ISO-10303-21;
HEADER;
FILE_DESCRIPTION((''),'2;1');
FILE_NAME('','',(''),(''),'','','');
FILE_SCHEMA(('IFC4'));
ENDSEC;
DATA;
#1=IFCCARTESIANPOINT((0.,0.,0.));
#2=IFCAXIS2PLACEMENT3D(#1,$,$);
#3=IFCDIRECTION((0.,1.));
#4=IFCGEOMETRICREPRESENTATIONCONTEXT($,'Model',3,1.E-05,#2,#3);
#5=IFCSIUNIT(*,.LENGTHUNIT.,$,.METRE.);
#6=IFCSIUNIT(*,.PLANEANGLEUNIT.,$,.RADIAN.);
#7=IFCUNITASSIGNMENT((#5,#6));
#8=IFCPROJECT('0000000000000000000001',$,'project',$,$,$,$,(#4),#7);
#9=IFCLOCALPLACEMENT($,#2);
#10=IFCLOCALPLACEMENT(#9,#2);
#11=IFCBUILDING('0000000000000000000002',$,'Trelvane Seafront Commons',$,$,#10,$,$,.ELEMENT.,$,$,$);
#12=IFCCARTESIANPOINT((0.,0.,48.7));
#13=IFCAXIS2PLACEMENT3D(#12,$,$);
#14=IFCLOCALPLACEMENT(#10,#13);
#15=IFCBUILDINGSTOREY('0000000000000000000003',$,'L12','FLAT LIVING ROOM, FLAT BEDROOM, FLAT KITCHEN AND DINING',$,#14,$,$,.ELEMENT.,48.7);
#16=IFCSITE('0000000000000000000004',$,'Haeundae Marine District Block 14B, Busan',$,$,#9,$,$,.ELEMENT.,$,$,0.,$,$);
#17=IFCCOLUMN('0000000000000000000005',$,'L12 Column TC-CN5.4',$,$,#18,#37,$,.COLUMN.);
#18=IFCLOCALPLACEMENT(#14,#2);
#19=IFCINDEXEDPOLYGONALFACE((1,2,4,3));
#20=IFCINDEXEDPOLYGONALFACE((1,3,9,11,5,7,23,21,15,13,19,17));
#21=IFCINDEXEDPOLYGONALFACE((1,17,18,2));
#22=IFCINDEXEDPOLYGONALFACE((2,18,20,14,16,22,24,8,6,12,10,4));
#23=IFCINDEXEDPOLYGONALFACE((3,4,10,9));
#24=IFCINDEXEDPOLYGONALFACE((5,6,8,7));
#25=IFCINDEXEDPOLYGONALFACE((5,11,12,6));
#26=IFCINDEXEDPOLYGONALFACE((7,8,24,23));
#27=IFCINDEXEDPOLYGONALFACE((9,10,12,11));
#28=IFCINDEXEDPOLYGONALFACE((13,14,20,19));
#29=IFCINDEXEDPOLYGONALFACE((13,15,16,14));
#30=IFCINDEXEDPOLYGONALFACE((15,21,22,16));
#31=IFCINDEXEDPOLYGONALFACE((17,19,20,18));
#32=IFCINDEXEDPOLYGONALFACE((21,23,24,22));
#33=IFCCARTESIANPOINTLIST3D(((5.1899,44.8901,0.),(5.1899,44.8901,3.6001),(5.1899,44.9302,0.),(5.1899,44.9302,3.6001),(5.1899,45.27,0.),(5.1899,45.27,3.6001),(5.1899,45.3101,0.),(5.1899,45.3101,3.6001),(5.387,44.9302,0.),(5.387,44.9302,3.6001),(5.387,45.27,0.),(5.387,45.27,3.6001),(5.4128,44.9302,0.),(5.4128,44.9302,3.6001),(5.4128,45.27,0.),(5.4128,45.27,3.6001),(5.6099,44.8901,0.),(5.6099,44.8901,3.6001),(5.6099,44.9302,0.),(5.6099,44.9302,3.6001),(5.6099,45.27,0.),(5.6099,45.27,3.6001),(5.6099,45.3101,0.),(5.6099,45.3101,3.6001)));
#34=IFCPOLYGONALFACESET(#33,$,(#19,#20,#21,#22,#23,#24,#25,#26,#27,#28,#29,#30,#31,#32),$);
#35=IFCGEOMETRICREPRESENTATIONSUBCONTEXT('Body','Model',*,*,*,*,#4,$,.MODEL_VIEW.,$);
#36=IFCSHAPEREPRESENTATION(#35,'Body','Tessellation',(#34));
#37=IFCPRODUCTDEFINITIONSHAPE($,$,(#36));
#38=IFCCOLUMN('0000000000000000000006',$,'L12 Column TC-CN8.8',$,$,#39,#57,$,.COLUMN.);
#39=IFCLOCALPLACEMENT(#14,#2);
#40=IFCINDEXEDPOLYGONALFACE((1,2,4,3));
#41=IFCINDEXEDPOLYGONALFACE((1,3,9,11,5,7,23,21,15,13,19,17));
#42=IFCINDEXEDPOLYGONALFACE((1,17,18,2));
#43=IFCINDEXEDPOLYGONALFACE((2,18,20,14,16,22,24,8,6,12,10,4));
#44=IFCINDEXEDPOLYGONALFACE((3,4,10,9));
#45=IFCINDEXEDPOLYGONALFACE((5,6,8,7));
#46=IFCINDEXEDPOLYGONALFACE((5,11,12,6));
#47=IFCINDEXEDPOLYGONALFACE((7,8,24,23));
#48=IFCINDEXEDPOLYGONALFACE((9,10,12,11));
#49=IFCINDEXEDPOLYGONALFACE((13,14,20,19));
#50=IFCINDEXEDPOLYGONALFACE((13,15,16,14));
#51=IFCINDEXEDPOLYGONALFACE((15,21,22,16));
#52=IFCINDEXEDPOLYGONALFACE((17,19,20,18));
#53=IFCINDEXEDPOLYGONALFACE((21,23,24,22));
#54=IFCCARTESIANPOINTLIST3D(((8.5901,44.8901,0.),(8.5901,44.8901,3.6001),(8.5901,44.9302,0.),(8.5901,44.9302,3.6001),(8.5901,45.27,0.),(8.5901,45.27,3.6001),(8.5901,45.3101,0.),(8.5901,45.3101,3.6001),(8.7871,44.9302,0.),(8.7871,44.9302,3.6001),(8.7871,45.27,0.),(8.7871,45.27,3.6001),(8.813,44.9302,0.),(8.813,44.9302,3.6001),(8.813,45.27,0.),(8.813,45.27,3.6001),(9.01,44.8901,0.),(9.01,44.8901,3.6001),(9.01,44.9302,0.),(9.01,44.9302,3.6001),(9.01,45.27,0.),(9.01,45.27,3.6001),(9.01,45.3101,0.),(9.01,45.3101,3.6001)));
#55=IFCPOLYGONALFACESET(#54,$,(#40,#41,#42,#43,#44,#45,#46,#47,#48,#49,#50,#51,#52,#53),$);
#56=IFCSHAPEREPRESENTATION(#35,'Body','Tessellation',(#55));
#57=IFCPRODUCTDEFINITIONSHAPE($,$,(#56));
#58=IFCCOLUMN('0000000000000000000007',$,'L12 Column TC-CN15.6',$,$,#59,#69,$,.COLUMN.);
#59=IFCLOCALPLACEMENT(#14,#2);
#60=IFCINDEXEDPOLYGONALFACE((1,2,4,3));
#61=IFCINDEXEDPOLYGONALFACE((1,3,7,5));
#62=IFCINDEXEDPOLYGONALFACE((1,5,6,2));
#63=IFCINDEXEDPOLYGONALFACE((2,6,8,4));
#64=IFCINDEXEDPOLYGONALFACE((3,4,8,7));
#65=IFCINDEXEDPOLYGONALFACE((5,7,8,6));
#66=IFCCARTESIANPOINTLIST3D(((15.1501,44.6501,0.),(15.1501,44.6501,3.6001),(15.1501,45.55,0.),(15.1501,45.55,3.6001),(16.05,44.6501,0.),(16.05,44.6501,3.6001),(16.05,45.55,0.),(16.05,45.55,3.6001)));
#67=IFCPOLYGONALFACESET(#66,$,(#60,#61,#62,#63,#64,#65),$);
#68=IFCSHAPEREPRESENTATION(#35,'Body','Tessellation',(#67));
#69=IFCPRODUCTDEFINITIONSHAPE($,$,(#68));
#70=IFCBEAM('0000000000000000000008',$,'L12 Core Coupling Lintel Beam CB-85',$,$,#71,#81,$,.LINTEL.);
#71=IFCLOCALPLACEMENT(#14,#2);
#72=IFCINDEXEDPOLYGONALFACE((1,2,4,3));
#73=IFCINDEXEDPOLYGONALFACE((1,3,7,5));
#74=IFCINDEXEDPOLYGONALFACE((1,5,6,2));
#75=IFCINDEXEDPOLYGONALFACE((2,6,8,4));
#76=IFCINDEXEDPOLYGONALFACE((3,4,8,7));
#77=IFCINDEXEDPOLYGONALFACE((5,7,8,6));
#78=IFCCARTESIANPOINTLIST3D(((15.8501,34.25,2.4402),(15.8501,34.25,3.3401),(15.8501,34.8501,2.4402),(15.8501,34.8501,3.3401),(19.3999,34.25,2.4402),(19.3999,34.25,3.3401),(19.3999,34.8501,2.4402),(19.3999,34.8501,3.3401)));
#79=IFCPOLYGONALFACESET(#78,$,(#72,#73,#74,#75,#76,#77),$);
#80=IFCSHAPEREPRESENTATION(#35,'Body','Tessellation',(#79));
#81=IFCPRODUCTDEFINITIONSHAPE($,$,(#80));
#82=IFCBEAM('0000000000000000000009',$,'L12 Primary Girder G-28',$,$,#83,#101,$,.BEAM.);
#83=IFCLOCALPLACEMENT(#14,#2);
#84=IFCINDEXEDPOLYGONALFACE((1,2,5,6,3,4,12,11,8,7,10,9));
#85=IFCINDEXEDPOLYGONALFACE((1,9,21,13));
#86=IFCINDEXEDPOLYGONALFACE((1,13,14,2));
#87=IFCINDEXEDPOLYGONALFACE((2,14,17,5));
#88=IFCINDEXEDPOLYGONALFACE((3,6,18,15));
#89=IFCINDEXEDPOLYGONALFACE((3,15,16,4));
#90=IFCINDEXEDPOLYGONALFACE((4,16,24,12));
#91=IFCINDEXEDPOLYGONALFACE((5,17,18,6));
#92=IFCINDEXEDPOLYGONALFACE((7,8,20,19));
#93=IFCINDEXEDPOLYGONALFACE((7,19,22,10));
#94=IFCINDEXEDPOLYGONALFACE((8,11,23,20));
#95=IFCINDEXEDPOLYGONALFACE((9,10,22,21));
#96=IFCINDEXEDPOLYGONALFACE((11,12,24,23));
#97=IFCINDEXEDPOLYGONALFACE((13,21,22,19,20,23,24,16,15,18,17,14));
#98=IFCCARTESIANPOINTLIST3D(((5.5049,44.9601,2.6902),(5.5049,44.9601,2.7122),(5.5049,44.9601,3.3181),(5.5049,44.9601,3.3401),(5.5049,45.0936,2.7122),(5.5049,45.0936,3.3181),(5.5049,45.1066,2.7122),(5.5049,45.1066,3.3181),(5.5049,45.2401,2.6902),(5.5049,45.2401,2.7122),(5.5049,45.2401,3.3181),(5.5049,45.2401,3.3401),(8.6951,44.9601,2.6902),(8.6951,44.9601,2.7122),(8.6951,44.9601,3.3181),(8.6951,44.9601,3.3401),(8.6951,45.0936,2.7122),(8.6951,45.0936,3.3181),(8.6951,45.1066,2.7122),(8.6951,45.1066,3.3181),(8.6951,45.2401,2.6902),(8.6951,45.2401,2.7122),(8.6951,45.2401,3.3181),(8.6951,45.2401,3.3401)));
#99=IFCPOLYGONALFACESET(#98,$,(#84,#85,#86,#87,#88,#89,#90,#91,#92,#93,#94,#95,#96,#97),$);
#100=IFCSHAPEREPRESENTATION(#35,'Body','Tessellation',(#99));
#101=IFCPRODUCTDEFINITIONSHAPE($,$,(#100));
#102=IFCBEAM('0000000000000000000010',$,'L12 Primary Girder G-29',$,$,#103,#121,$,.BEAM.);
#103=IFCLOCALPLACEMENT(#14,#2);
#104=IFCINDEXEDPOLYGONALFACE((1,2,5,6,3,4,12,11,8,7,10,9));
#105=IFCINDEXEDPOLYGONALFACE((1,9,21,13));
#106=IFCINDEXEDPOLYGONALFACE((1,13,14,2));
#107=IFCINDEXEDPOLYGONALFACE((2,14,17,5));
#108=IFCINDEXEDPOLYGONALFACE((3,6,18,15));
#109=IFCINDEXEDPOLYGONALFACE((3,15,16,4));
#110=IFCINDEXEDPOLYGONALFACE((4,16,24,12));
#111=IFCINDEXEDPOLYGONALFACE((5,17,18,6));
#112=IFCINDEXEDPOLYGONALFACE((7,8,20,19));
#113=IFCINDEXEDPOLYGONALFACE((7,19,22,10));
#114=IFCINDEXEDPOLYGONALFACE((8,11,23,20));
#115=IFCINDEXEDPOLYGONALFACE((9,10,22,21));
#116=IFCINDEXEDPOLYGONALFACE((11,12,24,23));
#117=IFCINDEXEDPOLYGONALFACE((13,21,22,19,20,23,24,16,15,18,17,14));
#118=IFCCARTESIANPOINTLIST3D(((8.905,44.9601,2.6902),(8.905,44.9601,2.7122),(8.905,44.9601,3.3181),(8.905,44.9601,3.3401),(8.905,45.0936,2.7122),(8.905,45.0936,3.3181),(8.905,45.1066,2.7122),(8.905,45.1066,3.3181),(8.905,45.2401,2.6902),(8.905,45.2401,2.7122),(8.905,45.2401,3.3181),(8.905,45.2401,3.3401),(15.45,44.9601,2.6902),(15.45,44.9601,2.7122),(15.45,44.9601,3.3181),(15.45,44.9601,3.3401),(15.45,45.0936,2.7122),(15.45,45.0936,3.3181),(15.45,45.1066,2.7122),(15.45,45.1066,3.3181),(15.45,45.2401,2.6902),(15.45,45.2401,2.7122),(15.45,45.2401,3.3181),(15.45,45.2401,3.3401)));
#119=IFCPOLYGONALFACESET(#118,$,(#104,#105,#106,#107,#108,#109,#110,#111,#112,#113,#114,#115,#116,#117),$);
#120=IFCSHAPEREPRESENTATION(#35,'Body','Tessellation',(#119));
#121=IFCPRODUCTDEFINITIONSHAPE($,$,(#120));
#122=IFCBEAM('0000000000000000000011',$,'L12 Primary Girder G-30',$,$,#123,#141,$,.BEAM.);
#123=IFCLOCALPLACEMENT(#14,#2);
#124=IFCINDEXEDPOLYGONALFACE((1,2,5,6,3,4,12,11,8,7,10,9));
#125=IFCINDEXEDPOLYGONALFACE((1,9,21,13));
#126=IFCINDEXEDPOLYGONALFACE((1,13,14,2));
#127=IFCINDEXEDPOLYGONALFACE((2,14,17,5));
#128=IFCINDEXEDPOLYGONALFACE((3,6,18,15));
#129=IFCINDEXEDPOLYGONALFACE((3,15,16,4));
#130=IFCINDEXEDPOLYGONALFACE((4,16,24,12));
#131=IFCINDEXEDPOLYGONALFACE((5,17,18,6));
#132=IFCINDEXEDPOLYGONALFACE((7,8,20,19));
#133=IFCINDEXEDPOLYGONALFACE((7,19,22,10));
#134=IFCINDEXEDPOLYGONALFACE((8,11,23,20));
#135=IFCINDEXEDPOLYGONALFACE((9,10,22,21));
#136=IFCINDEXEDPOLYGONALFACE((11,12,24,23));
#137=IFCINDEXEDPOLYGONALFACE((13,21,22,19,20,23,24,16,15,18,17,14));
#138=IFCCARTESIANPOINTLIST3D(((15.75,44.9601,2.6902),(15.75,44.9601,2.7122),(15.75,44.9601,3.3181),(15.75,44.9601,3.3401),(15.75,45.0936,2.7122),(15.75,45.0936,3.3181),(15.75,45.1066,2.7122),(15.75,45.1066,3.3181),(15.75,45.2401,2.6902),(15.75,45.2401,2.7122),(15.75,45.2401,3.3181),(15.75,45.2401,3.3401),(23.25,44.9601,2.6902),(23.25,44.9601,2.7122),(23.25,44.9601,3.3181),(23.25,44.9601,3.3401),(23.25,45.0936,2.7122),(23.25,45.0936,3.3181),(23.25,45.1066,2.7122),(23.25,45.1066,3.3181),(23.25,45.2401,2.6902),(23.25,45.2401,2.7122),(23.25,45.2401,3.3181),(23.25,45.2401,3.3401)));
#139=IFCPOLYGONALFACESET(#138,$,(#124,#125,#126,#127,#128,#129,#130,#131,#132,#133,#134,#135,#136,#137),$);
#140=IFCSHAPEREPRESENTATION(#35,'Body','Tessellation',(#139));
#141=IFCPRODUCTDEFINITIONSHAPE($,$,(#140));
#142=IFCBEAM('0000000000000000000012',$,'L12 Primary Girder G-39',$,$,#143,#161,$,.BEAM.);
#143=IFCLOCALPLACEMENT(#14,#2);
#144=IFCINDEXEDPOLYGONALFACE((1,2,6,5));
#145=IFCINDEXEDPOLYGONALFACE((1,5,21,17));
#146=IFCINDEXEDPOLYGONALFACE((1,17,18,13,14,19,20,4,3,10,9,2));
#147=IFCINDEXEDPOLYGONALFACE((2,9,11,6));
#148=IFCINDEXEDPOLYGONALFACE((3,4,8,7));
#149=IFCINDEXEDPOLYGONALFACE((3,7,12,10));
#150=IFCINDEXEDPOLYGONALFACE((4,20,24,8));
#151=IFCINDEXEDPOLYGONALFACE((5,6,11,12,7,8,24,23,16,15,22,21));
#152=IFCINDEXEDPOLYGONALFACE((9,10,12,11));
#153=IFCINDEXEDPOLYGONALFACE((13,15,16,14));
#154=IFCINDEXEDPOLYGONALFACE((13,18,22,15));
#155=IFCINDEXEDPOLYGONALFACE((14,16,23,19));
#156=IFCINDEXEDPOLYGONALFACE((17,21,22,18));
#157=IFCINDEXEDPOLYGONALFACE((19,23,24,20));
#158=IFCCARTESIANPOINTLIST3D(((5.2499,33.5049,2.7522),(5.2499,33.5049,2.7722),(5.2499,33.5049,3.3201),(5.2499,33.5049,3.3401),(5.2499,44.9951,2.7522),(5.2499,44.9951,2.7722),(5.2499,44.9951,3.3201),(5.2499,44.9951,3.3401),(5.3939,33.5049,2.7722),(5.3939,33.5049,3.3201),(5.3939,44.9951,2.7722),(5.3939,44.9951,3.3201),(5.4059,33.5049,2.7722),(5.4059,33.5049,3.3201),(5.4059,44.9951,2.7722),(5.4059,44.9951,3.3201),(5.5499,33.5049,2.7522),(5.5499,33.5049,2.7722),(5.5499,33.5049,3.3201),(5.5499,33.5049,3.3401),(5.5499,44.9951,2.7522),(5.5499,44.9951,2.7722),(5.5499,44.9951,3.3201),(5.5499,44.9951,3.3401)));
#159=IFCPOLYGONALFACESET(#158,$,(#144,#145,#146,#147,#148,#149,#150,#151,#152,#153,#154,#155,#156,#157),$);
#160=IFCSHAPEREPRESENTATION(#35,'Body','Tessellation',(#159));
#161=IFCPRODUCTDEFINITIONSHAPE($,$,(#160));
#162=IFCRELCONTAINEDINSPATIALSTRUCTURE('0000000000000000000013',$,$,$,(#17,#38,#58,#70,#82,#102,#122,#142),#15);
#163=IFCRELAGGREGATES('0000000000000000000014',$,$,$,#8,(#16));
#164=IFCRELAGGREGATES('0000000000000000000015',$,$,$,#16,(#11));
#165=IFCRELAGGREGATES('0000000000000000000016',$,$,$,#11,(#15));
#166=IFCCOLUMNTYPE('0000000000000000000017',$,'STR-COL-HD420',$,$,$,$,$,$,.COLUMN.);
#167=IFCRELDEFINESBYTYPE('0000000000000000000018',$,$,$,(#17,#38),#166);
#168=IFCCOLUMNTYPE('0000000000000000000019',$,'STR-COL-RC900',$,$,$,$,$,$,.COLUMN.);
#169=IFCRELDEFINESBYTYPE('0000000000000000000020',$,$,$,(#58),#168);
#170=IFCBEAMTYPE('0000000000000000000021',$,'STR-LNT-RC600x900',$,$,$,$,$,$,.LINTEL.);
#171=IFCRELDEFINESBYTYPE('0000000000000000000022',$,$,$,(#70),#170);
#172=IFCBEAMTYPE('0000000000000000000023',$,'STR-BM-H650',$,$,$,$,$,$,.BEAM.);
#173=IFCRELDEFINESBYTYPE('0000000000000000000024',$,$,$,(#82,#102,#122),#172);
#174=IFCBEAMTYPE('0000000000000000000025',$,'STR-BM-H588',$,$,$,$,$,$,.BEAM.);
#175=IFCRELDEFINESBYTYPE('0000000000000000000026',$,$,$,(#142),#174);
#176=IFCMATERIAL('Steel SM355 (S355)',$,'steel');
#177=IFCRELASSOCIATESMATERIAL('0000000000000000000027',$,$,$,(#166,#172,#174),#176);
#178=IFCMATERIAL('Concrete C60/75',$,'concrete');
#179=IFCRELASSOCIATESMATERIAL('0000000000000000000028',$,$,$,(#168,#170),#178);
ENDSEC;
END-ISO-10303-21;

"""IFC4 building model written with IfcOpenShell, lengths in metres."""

from ifc_helpers import new_model, si_unit, direction, frame, origin, origin_2d, place, context, subcontext, project, spatial, rectangle, i_section, extrude, source, transform, mapped, material, material_profile, profile_set, type_object, element, save


model = new_model("IFC4")

# Units and contexts
model_context = context("Model", 3, precision=1e-05, world=origin(), true_north=direction((0.0, 1.0)))
body_context = subcontext(model_context, "Body", "Model", "MODEL_VIEW")
ifc_project = project(units=[si_unit("LENGTHUNIT", "METRE"), si_unit("PLANEANGLEUNIT", "RADIAN")], contexts=[model_context])

# Site, building, storey
site_placement = place(None, origin())
site = spatial("IfcSite", under=ifc_project, at=site_placement, Name="Haeundae Marine District Block 14B, Busan", CompositionType="ELEMENT", RefElevation=0.0)
building_placement = place(site_placement, origin())
building = spatial("IfcBuilding", under=site, at=building_placement, Name="Trelvane Seafront Commons", CompositionType="ELEMENT")
storey_placement = place(building_placement, frame((0.0, 0.0, 48.7)))
storey = spatial("IfcBuildingStorey", under=building, at=storey_placement, Name="L12", Description="FLAT LIVING ROOM, FLAT BEDROOM, FLAT KITCHEN AND DINING", CompositionType="ELEMENT", Elevation=48.7)

# Columns
ifc_material_1 = material(Name="Steel SM355 (S355)", Category="steel")
ifc_material_profile_1 = material_profile(ifc_material_1, i_section(OverallWidth=0.4199, OverallDepth=0.4199, WebThickness=0.0259, FlangeThickness=0.04, at=origin_2d()), Name="HD-420x420x26x40")
ifc_profile_set_1 = profile_set([ifc_material_profile_1], Name="Steel SM355 (S355)")
column_type_1 = type_object("IfcColumnType", Name="STR-COL-HD420", PredefinedType="COLUMN", material=ifc_profile_set_1)
shared_shape_1 = source(origin(), body_context, "Body", "SweptSolid", [
    extrude(i_section(OverallWidth=0.4199, OverallDepth=0.4199, WebThickness=0.0259, FlangeThickness=0.04, at=origin_2d()), origin(), (0.0, 0.0, 1.0), 3.6001),
])
for number, where, z_axis, x_axis, name in (
    (1, (5.3999, 45.1001, 0.0), (0.0, 0.0, 1.0), (1.0, 0.0, 0.0), "L12 Column TC-CN5.4"),
    (2, (8.8, 45.1001, 0.0), (0.0, 0.0, 1.0), (1.0, 0.0, 0.0), "L12 Column TC-CN8.8"),
):
    element("IfcColumn", number, at=place(storey_placement, frame(where, z_axis=z_axis, x_axis=x_axis)), inside=storey, type_object=column_type_1, Name=name, PredefinedType="COLUMN", context=body_context, shape_type="MappedRepresentation", body=[
        mapped(shared_shape_1, transform((0.0, 0.0, 0.0), x_axis=(1.0, 0.0, 0.0), y_axis=(0.0, 1.0, 0.0), z_axis=(0.0, 0.0, 1.0), scale=1.0)),
    ])
ifc_material_2 = material(Name="Concrete C60/75", Category="concrete")
ifc_material_profile_2 = material_profile(ifc_material_2, rectangle(XDim=0.8999, YDim=0.8999, at=origin_2d()), Name="RC-900x900")
ifc_profile_set_2 = profile_set([ifc_material_profile_2], Name="Concrete C60/75")
column_type_2 = type_object("IfcColumnType", Name="STR-COL-RC900", PredefinedType="COLUMN", material=ifc_profile_set_2)
shared_shape_2 = source(origin(), body_context, "Body", "SweptSolid", [
    extrude(rectangle(XDim=0.8999, YDim=0.8999, at=origin_2d()), origin(), (0.0, 0.0, 1.0), 3.6001),
])
column_placement = place(storey_placement, frame((15.6001, 45.1001, 0.0), z_axis=(0.0, 0.0, 1.0), x_axis=(1.0, 0.0, 0.0)))
element("IfcColumn", 3, at=column_placement, inside=storey, type_object=column_type_2, Name="L12 Column TC-CN15.6", PredefinedType="COLUMN", context=body_context, shape_type="MappedRepresentation", body=[
    mapped(shared_shape_2, transform((0.0, 0.0, 0.0), x_axis=(1.0, 0.0, 0.0), y_axis=(0.0, 1.0, 0.0), z_axis=(0.0, 0.0, 1.0), scale=1.0)),
])

# Beams
ifc_material_profile_3 = material_profile(ifc_material_2, rectangle(XDim=0.6001, YDim=0.8999, at=origin_2d()), Name="RC-600x900")
ifc_profile_set_3 = profile_set([ifc_material_profile_3], Name="Concrete C60/75")
beam_type_1 = type_object("IfcBeamType", Name="STR-LNT-RC600x900", PredefinedType="LINTEL", material=ifc_profile_set_3)
shared_shape_3 = source(origin(), body_context, "Body", "SweptSolid", [
    extrude(rectangle(XDim=0.6001, YDim=0.8999, at=origin_2d()), origin(), (0.0, 0.0, 1.0), 3.5498),
])
beam_1_placement = place(storey_placement, frame((15.8501, 34.55, 2.8901), z_axis=(1.0, 0.0, 0.0), x_axis=(0.0, 1.0, 0.0)))
element("IfcBeam", 4, at=beam_1_placement, inside=storey, type_object=beam_type_1, Name="L12 Core Coupling Lintel Beam CB-85", PredefinedType="LINTEL", context=body_context, shape_type="MappedRepresentation", body=[
    mapped(shared_shape_3, transform((0.0, 0.0, 0.0), x_axis=(1.0, 0.0, 0.0), y_axis=(0.0, 1.0, 0.0), z_axis=(0.0, 0.0, 1.0), scale=1.0)),
])
ifc_material_profile_4 = material_profile(ifc_material_1, i_section(OverallWidth=0.28, OverallDepth=0.6499, WebThickness=0.0129, FlangeThickness=0.022, at=origin_2d()), Name="H-650x280x13x22")
ifc_profile_set_4 = profile_set([ifc_material_profile_4], Name="Steel SM355 (S355)")
beam_type_2 = type_object("IfcBeamType", Name="STR-BM-H650", PredefinedType="BEAM", material=ifc_profile_set_4)
shared_shape_4 = source(origin(), body_context, "Body", "SweptSolid", [
    extrude(i_section(OverallWidth=0.28, OverallDepth=0.6499, WebThickness=0.0129, FlangeThickness=0.022, at=origin_2d()), origin(), (0.0, 0.0, 1.0), 3.1902),
])
beam_2_placement = place(storey_placement, frame((5.5049, 45.1001, 3.0151), z_axis=(1.0, 0.0, 0.0), x_axis=(0.0, 1.0, 0.0)))
element("IfcBeam", 5, at=beam_2_placement, inside=storey, type_object=beam_type_2, Name="L12 Primary Girder G-28", PredefinedType="BEAM", context=body_context, shape_type="MappedRepresentation", body=[
    mapped(shared_shape_4, transform((0.0, 0.0, 0.0), x_axis=(1.0, 0.0, 0.0), y_axis=(0.0, 1.0, 0.0), z_axis=(0.0, 0.0, 1.0), scale=1.0)),
])
shared_shape_5 = source(origin(), body_context, "Body", "SweptSolid", [
    extrude(i_section(OverallWidth=0.28, OverallDepth=0.6499, WebThickness=0.0129, FlangeThickness=0.022, at=origin_2d()), origin(), (0.0, 0.0, 1.0), 6.5449),
])
beam_3_placement = place(storey_placement, frame((8.905, 45.1001, 3.0151), z_axis=(1.0, 0.0, 0.0), x_axis=(0.0, 1.0, 0.0)))
element("IfcBeam", 6, at=beam_3_placement, inside=storey, type_object=beam_type_2, Name="L12 Primary Girder G-29", PredefinedType="BEAM", context=body_context, shape_type="MappedRepresentation", body=[
    mapped(shared_shape_5, transform((0.0, 0.0, 0.0), x_axis=(1.0, 0.0, 0.0), y_axis=(0.0, 1.0, 0.0), z_axis=(0.0, 0.0, 1.0), scale=1.0)),
])
shared_shape_6 = source(origin(), body_context, "Body", "SweptSolid", [
    extrude(i_section(OverallWidth=0.28, OverallDepth=0.6499, WebThickness=0.0129, FlangeThickness=0.022, at=origin_2d()), origin(), (0.0, 0.0, 1.0), 7.5),
])
beam_4_placement = place(storey_placement, frame((15.75, 45.1001, 3.0151), z_axis=(1.0, 0.0, 0.0), x_axis=(0.0, 1.0, 0.0)))
element("IfcBeam", 7, at=beam_4_placement, inside=storey, type_object=beam_type_2, Name="L12 Primary Girder G-30", PredefinedType="BEAM", context=body_context, shape_type="MappedRepresentation", body=[
    mapped(shared_shape_6, transform((0.0, 0.0, 0.0), x_axis=(1.0, 0.0, 0.0), y_axis=(0.0, 1.0, 0.0), z_axis=(0.0, 0.0, 1.0), scale=1.0)),
])
ifc_material_profile_5 = material_profile(ifc_material_1, i_section(OverallWidth=0.3, OverallDepth=0.5879, WebThickness=0.012, FlangeThickness=0.02, at=origin_2d()), Name="H-588x300x12x20")
ifc_profile_set_5 = profile_set([ifc_material_profile_5], Name="Steel SM355 (S355)")
beam_type_3 = type_object("IfcBeamType", Name="STR-BM-H588", PredefinedType="BEAM", material=ifc_profile_set_5)
shared_shape_7 = source(origin(), body_context, "Body", "SweptSolid", [
    extrude(i_section(OverallWidth=0.3, OverallDepth=0.5879, WebThickness=0.012, FlangeThickness=0.02, at=origin_2d()), origin(), (0.0, 0.0, 1.0), 11.4902),
])
for number, where, z_axis, x_axis, name in (
    (8, (5.3999, 33.5049, 3.0461), (0.0, 1.0, 0.0), (-1.0, 0.0, 0.0), "L12 Primary Girder G-39"),
):
    element("IfcBeam", number, at=place(storey_placement, frame(where, z_axis=z_axis, x_axis=x_axis)), inside=storey, type_object=beam_type_3, Name=name, PredefinedType="BEAM", context=body_context, shape_type="MappedRepresentation", body=[
        mapped(shared_shape_7, transform((0.0, 0.0, 0.0), x_axis=(1.0, 0.0, 0.0), y_axis=(0.0, 1.0, 0.0), z_axis=(0.0, 0.0, 1.0), scale=1.0)),
    ])

save(model, "model.ifc")
